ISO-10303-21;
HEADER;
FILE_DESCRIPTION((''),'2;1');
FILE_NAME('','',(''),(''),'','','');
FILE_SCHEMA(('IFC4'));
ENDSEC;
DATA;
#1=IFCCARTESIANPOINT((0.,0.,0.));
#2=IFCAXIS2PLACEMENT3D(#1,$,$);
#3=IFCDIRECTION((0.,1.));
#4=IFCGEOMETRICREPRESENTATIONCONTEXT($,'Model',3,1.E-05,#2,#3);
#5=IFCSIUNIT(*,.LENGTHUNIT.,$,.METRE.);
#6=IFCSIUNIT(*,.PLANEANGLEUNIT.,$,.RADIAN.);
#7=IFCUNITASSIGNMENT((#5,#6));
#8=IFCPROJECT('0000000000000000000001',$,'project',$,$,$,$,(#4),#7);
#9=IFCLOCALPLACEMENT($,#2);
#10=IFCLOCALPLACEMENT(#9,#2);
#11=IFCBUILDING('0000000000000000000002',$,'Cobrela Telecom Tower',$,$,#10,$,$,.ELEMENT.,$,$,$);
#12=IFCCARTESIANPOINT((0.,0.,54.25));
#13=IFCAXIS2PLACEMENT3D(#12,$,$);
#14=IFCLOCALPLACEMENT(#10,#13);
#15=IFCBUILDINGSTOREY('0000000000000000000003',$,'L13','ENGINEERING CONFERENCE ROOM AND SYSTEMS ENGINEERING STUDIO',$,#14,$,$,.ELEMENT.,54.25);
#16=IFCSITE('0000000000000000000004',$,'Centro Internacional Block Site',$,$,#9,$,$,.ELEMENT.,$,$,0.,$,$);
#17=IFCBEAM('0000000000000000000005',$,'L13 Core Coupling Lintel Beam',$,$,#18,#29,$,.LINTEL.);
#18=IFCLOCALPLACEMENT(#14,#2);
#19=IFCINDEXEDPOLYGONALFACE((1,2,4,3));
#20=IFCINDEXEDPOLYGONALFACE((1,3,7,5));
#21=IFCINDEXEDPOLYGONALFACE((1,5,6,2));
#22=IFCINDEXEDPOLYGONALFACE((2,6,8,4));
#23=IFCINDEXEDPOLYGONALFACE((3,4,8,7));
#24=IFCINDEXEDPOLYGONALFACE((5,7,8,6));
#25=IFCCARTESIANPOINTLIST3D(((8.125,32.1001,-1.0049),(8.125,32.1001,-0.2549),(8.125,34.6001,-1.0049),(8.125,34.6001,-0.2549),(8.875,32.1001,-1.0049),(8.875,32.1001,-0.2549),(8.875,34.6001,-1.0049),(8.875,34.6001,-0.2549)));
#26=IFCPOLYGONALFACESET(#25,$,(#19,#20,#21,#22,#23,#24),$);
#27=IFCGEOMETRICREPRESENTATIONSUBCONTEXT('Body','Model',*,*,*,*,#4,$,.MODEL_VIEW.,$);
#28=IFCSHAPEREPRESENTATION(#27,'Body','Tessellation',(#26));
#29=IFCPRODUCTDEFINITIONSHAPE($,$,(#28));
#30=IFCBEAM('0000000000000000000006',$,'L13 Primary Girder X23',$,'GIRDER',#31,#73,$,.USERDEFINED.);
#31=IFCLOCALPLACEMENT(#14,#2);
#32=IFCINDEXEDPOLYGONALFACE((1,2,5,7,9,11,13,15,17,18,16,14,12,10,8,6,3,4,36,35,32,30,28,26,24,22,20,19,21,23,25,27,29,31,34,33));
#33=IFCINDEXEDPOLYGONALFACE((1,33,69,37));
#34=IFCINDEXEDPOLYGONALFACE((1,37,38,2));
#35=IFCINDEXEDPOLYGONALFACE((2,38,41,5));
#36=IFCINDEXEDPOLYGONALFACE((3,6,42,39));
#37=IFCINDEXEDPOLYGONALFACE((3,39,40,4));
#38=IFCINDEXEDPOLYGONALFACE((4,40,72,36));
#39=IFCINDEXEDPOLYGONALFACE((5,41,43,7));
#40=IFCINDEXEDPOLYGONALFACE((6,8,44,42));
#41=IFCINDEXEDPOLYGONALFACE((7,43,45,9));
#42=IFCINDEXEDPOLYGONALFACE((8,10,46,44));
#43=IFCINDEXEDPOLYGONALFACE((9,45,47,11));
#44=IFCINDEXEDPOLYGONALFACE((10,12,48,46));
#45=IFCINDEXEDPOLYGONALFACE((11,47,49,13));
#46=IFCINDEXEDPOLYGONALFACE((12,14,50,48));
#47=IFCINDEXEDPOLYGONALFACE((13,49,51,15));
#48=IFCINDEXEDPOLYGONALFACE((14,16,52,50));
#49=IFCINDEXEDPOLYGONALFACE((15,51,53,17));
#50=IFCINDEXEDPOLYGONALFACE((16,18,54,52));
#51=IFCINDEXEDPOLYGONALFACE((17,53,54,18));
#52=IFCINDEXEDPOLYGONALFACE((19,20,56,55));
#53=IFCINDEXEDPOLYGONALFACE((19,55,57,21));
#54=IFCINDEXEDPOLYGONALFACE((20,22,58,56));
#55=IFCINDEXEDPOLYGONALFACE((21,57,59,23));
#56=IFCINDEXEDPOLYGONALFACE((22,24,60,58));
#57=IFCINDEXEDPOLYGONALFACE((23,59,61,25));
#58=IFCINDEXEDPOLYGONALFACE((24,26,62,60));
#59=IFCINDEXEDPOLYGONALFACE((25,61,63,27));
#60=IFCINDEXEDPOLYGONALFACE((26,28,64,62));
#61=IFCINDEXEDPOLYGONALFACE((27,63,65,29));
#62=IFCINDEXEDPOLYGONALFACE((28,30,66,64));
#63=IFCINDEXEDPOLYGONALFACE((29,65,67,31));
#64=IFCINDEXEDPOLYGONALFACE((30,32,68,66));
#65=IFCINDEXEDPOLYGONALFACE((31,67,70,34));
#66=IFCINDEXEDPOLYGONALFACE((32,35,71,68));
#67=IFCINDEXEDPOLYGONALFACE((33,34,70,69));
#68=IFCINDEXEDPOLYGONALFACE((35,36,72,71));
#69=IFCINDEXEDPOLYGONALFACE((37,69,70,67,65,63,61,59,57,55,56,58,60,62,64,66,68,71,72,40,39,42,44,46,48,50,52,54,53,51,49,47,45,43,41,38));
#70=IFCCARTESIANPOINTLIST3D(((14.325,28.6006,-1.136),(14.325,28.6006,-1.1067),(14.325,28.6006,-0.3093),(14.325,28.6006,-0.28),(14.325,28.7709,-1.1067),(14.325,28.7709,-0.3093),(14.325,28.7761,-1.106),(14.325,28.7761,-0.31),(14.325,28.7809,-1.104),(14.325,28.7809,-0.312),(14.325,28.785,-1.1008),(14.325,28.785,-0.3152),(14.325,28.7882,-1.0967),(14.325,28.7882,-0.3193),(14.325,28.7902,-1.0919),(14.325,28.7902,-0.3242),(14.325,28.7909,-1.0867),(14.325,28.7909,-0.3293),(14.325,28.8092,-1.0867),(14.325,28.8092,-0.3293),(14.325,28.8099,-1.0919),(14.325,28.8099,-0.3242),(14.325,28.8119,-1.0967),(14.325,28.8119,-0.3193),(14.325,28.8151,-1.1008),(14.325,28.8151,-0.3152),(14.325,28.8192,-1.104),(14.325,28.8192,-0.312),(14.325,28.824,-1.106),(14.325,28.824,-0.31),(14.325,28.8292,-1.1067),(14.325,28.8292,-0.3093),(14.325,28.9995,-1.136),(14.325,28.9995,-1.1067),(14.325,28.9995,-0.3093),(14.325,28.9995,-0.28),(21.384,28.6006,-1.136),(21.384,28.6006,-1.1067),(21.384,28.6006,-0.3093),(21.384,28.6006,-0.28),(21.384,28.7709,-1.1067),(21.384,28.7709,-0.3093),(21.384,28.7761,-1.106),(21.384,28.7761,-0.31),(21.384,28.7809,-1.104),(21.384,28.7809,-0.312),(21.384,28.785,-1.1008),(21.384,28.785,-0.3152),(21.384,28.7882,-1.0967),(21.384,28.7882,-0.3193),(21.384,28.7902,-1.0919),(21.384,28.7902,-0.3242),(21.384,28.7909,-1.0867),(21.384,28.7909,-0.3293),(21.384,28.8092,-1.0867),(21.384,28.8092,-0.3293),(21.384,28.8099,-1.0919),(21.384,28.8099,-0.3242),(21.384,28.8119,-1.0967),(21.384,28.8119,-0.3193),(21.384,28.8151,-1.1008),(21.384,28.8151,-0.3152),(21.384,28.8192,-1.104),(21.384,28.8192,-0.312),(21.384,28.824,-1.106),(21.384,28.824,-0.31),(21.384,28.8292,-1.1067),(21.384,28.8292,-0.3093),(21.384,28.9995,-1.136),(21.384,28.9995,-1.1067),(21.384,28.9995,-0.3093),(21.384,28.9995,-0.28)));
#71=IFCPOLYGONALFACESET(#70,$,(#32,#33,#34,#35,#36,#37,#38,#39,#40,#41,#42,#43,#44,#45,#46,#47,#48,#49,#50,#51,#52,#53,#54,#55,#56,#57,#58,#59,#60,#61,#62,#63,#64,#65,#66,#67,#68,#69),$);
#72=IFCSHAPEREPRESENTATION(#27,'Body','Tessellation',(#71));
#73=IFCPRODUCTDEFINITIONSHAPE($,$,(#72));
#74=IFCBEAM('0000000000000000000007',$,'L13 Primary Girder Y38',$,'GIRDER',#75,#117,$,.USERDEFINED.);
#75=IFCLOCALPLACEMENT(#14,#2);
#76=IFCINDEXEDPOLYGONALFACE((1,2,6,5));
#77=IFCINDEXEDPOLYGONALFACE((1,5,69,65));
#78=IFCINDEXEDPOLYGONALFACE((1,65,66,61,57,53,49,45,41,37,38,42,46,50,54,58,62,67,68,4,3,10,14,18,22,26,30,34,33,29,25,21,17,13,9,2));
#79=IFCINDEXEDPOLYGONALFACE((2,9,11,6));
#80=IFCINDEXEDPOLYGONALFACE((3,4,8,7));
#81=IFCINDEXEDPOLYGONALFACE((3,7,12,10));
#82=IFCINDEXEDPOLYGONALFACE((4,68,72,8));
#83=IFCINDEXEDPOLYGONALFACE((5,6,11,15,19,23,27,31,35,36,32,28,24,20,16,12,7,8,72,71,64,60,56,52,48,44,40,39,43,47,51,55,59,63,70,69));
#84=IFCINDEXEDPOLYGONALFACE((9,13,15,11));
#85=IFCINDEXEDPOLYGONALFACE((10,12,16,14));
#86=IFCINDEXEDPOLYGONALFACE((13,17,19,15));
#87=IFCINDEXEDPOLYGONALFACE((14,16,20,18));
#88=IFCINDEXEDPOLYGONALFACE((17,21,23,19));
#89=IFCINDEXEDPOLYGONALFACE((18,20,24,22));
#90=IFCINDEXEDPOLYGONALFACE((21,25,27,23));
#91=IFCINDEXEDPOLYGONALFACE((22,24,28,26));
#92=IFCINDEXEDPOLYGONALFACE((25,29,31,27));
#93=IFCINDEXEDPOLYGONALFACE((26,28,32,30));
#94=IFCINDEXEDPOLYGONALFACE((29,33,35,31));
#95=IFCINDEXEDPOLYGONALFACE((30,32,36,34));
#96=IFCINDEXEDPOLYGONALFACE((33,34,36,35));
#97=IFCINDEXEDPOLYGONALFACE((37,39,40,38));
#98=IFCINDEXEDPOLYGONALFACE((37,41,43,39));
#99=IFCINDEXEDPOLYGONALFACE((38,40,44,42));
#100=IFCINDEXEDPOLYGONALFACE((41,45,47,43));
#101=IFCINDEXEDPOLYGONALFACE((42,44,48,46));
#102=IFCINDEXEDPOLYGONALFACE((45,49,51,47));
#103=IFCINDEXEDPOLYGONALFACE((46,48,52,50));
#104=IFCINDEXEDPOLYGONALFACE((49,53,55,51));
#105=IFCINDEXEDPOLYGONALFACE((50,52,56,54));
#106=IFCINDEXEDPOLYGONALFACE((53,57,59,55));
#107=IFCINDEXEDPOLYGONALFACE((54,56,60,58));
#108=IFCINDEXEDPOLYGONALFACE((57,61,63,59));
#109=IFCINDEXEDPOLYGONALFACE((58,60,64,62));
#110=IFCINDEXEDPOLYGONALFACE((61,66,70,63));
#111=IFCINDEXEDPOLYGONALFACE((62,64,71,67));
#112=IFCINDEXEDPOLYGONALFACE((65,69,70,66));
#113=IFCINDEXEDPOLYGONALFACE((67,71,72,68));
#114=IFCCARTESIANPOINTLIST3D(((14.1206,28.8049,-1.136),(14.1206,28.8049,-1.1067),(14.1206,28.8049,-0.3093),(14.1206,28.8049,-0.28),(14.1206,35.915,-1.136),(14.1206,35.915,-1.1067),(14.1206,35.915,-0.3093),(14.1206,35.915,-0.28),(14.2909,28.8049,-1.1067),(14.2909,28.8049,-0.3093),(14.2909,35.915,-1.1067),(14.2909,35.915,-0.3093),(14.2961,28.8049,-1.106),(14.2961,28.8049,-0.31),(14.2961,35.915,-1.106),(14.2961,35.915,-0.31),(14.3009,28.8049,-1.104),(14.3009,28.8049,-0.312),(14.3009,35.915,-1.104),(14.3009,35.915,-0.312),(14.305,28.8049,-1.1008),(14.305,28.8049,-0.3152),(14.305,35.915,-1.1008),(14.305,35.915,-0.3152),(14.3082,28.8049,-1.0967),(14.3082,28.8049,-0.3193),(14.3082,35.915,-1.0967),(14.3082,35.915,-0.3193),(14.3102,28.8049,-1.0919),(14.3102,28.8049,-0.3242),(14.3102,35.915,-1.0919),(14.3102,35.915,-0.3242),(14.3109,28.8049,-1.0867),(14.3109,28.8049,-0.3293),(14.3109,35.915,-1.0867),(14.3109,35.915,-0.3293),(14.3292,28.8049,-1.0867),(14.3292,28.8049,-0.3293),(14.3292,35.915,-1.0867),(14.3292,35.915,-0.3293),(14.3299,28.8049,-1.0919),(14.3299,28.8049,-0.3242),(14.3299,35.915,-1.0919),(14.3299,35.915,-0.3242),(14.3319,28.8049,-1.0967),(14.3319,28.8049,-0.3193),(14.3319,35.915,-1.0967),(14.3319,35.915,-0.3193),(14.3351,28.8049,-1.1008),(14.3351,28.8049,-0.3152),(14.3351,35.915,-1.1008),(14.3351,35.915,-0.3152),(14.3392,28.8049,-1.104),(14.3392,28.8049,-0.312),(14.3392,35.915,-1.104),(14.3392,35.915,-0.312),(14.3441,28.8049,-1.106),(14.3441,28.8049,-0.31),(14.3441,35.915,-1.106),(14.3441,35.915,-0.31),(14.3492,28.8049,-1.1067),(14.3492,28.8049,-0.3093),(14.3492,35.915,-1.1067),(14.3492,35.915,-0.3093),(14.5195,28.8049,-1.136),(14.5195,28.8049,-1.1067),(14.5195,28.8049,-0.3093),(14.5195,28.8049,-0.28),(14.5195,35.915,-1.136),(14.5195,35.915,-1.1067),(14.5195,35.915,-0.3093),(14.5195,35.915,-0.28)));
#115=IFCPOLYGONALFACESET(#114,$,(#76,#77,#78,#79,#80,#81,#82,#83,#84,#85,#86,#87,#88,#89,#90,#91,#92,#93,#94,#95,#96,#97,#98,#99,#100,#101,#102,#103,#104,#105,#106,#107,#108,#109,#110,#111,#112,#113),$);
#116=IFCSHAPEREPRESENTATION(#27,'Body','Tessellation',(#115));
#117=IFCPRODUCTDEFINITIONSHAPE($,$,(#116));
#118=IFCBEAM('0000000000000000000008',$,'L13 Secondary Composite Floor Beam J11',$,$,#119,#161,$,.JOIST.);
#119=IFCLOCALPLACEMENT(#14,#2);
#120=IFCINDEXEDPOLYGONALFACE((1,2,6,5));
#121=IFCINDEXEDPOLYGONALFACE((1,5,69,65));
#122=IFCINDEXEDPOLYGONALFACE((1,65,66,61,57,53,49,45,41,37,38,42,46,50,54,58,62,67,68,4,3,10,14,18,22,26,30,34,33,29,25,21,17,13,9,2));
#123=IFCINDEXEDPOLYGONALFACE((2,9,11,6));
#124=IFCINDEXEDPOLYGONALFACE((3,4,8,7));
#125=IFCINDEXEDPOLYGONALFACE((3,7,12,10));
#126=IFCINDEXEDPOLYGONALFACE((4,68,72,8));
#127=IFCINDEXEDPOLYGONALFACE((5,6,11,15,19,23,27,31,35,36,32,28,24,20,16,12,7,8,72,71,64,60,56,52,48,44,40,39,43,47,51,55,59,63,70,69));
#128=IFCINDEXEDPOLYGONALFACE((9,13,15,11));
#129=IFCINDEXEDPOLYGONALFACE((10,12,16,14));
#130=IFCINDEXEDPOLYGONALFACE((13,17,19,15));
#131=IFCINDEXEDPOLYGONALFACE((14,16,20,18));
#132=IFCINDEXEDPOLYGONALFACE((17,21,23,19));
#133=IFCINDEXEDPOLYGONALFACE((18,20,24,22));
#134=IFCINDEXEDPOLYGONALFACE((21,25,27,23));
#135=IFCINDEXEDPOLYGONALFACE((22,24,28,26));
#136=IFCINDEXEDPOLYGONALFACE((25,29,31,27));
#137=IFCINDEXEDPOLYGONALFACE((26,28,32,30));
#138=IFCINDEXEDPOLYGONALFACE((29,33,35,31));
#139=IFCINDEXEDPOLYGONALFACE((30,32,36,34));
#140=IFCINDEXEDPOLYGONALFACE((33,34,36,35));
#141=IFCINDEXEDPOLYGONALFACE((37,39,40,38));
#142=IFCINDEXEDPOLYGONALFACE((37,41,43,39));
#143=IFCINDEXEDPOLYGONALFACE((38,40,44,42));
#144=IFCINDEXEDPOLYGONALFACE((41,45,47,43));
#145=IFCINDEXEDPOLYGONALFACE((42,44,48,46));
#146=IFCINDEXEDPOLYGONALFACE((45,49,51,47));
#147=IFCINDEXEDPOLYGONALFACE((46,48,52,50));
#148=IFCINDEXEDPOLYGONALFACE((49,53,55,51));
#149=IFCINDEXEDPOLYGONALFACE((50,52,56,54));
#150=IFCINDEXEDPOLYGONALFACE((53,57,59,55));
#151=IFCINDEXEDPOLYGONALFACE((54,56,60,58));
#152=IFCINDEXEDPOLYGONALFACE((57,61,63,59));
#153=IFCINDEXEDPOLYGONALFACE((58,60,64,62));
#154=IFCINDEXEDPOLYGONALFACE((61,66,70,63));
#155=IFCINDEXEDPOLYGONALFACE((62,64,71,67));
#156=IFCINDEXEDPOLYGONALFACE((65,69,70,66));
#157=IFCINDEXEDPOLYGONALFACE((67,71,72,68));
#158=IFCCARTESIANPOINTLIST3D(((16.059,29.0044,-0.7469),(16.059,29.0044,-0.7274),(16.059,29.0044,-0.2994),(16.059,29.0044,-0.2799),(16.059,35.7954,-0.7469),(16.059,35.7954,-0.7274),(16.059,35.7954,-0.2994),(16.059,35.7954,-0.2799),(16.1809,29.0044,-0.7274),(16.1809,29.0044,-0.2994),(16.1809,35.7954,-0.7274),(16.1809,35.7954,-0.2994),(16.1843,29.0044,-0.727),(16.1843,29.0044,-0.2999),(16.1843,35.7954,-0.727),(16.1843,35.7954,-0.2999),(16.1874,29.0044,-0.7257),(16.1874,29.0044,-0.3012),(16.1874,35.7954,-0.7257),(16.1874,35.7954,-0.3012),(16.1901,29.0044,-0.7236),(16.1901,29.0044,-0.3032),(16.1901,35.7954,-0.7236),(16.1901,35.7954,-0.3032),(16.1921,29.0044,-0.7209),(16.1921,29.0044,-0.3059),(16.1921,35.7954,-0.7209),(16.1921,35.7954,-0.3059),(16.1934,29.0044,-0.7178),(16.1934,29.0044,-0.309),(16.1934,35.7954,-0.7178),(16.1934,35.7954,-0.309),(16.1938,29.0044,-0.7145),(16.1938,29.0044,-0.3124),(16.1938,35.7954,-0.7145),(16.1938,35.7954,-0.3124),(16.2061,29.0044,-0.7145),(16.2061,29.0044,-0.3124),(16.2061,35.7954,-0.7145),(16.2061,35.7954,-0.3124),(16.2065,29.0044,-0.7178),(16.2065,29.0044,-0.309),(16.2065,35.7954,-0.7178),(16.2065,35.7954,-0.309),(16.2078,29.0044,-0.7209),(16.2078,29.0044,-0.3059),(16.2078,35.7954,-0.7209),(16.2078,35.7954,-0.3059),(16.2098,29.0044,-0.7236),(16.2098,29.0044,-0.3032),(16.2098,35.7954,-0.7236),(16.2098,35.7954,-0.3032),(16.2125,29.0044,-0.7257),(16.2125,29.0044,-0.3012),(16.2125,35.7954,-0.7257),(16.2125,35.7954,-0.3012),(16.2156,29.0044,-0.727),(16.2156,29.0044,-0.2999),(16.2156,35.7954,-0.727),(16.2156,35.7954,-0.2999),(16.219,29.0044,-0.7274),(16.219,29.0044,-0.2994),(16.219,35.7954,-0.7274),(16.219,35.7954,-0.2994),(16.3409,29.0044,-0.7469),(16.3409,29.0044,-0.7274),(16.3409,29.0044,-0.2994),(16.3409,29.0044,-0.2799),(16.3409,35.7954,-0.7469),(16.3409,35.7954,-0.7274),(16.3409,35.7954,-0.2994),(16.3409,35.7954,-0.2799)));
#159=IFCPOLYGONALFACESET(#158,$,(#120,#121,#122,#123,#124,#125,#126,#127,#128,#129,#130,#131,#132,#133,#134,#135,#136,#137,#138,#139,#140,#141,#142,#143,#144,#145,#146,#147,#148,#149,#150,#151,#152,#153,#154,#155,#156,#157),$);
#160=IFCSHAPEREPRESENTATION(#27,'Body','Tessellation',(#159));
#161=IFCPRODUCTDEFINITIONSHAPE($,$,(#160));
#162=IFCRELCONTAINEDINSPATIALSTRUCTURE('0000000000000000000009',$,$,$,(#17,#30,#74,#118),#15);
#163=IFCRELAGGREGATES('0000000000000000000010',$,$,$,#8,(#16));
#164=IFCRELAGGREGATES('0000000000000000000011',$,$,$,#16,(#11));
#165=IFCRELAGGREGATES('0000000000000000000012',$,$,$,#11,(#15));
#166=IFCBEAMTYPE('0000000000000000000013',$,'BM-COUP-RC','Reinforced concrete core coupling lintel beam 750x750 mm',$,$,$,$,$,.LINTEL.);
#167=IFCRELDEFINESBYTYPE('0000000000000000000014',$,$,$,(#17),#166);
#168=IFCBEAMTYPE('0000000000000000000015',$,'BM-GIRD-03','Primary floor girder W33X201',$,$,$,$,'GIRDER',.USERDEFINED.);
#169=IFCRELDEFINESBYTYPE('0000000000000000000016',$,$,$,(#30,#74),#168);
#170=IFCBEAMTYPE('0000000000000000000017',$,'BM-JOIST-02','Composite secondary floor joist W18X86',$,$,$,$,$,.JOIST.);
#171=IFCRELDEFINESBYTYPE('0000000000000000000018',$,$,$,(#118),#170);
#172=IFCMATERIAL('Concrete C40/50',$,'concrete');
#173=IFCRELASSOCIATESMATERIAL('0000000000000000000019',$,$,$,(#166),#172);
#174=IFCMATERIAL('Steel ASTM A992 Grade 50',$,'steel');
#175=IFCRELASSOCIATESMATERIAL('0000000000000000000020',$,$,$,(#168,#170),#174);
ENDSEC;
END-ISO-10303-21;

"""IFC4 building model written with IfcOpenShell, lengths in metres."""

from ifc_helpers import new_model, si_unit, direction, frame, origin, origin_2d, place, context, subcontext, project, spatial, rectangle, i_section, extrude, material, material_profile, profile_set, type_object, element, save


model = new_model("IFC4")

# Units and contexts
model_context = context("Model", 3, precision=1e-05, world=origin(), true_north=direction((0.0, 1.0)))
body_context = subcontext(model_context, "Body", "Model", "MODEL_VIEW")
ifc_project = project(units=[si_unit("LENGTHUNIT", "METRE"), si_unit("PLANEANGLEUNIT", "RADIAN")], contexts=[model_context])

# Site, building, storey
site_placement = place(None, origin())
site = spatial("IfcSite", under=ifc_project, at=site_placement, Name="Centro Internacional Block Site", CompositionType="ELEMENT", RefElevation=0.0)
building_placement = place(site_placement, origin())
building = spatial("IfcBuilding", under=site, at=building_placement, Name="Cobrela Telecom Tower", CompositionType="ELEMENT")
storey_placement = place(building_placement, frame((0.0, 0.0, 54.25)))
storey = spatial("IfcBuildingStorey", under=building, at=storey_placement, Name="L13", Description="ENGINEERING CONFERENCE ROOM AND SYSTEMS ENGINEERING STUDIO", CompositionType="ELEMENT", Elevation=54.25)

# Beams
ifc_material_1 = material(Name="Concrete C40/50", Category="concrete")
ifc_material_profile_1 = material_profile(ifc_material_1, rectangle(XDim=0.75, YDim=0.75, at=origin_2d()), Name="RC 750x750")
ifc_profile_set_1 = profile_set([ifc_material_profile_1], Name="Concrete C40/50")
beam_type_1 = type_object("IfcBeamType", Name="BM-COUP-RC", Description="Reinforced concrete core coupling lintel beam 750x750 mm", PredefinedType="LINTEL", material=ifc_profile_set_1)
beam_1_placement = place(storey_placement, frame((8.5, 32.1001, -0.6299), z_axis=(0.0, 1.0, 0.0), x_axis=(-1.0, 0.0, 0.0)))
element("IfcBeam", 1, at=beam_1_placement, inside=storey, type_object=beam_type_1, Name="L13 Core Coupling Lintel Beam", PredefinedType="LINTEL", context=body_context, shape_type="SweptSolid", body=[
    extrude(rectangle(XDim=0.75, YDim=0.75, at=origin_2d()), origin(), (0.0, 0.0, 1.0), 2.5),
])
ifc_material_2 = material(Name="Steel ASTM A992 Grade 50", Category="steel")
ifc_material_profile_2 = material_profile(ifc_material_2, i_section(OverallWidth=0.3989, OverallDepth=0.856, WebThickness=0.0183, FlangeThickness=0.0293, FilletRadius=0.02, at=origin_2d()), Name="W33X201")
ifc_profile_set_2 = profile_set([ifc_material_profile_2], Name="Steel ASTM A992 Grade 50")
beam_type_2 = type_object("IfcBeamType", Name="BM-GIRD-03", Description="Primary floor girder W33X201", ElementType="GIRDER", PredefinedType="USERDEFINED", material=ifc_profile_set_2)
beam_2_placement = place(storey_placement, frame((14.325, 28.8, -0.708), z_axis=(1.0, 0.0, 0.0), x_axis=(0.0, 1.0, 0.0)))
element("IfcBeam", 2, at=beam_2_placement, inside=storey, type_object=beam_type_2, Name="L13 Primary Girder X23", ObjectType="GIRDER", PredefinedType="USERDEFINED", context=body_context, shape_type="SweptSolid", body=[
    extrude(i_section(OverallWidth=0.3989, OverallDepth=0.856, WebThickness=0.0183, FlangeThickness=0.0293, FilletRadius=0.02, at=origin_2d()), origin(), (0.0, 0.0, 1.0), 7.0591),
])
beam_3_placement = place(storey_placement, frame((14.3201, 28.8049, -0.708), z_axis=(0.0, 1.0, 0.0), x_axis=(-1.0, 0.0, 0.0)))
element("IfcBeam", 3, at=beam_3_placement, inside=storey, type_object=beam_type_2, Name="L13 Primary Girder Y38", ObjectType="GIRDER", PredefinedType="USERDEFINED", context=body_context, shape_type="SweptSolid", body=[
    extrude(i_section(OverallWidth=0.3989, OverallDepth=0.856, WebThickness=0.0183, FlangeThickness=0.0293, FilletRadius=0.02, at=origin_2d()), origin(), (0.0, 0.0, 1.0), 7.1101),
])
ifc_material_profile_3 = material_profile(ifc_material_2, i_section(OverallWidth=0.282, OverallDepth=0.467, WebThickness=0.0122, FlangeThickness=0.0195, FilletRadius=0.0129, at=origin_2d()), Name="W18X86")
ifc_profile_set_3 = profile_set([ifc_material_profile_3], Name="Steel ASTM A992 Grade 50")
beam_type_3 = type_object("IfcBeamType", Name="BM-JOIST-02", Description="Composite secondary floor joist W18X86", PredefinedType="JOIST", material=ifc_profile_set_3)
for number, where, z_axis, x_axis, name in (
    (4, (16.2, 29.0044, -0.5134), (0.0, 1.0, 0.0), (-1.0, 0.0, 0.0), "L13 Secondary Composite Floor Beam J11"),
):
    element("IfcBeam", number, at=place(storey_placement, frame(where, z_axis=z_axis, x_axis=x_axis)), inside=storey, type_object=beam_type_3, Name=name, PredefinedType="JOIST", context=body_context, shape_type="SweptSolid", body=[
        extrude(i_section(OverallWidth=0.282, OverallDepth=0.467, WebThickness=0.0122, FlangeThickness=0.0195, FilletRadius=0.0129, at=origin_2d()), origin(), (0.0, 0.0, 1.0), 6.791),
    ])

save(model, "model.ifc")
